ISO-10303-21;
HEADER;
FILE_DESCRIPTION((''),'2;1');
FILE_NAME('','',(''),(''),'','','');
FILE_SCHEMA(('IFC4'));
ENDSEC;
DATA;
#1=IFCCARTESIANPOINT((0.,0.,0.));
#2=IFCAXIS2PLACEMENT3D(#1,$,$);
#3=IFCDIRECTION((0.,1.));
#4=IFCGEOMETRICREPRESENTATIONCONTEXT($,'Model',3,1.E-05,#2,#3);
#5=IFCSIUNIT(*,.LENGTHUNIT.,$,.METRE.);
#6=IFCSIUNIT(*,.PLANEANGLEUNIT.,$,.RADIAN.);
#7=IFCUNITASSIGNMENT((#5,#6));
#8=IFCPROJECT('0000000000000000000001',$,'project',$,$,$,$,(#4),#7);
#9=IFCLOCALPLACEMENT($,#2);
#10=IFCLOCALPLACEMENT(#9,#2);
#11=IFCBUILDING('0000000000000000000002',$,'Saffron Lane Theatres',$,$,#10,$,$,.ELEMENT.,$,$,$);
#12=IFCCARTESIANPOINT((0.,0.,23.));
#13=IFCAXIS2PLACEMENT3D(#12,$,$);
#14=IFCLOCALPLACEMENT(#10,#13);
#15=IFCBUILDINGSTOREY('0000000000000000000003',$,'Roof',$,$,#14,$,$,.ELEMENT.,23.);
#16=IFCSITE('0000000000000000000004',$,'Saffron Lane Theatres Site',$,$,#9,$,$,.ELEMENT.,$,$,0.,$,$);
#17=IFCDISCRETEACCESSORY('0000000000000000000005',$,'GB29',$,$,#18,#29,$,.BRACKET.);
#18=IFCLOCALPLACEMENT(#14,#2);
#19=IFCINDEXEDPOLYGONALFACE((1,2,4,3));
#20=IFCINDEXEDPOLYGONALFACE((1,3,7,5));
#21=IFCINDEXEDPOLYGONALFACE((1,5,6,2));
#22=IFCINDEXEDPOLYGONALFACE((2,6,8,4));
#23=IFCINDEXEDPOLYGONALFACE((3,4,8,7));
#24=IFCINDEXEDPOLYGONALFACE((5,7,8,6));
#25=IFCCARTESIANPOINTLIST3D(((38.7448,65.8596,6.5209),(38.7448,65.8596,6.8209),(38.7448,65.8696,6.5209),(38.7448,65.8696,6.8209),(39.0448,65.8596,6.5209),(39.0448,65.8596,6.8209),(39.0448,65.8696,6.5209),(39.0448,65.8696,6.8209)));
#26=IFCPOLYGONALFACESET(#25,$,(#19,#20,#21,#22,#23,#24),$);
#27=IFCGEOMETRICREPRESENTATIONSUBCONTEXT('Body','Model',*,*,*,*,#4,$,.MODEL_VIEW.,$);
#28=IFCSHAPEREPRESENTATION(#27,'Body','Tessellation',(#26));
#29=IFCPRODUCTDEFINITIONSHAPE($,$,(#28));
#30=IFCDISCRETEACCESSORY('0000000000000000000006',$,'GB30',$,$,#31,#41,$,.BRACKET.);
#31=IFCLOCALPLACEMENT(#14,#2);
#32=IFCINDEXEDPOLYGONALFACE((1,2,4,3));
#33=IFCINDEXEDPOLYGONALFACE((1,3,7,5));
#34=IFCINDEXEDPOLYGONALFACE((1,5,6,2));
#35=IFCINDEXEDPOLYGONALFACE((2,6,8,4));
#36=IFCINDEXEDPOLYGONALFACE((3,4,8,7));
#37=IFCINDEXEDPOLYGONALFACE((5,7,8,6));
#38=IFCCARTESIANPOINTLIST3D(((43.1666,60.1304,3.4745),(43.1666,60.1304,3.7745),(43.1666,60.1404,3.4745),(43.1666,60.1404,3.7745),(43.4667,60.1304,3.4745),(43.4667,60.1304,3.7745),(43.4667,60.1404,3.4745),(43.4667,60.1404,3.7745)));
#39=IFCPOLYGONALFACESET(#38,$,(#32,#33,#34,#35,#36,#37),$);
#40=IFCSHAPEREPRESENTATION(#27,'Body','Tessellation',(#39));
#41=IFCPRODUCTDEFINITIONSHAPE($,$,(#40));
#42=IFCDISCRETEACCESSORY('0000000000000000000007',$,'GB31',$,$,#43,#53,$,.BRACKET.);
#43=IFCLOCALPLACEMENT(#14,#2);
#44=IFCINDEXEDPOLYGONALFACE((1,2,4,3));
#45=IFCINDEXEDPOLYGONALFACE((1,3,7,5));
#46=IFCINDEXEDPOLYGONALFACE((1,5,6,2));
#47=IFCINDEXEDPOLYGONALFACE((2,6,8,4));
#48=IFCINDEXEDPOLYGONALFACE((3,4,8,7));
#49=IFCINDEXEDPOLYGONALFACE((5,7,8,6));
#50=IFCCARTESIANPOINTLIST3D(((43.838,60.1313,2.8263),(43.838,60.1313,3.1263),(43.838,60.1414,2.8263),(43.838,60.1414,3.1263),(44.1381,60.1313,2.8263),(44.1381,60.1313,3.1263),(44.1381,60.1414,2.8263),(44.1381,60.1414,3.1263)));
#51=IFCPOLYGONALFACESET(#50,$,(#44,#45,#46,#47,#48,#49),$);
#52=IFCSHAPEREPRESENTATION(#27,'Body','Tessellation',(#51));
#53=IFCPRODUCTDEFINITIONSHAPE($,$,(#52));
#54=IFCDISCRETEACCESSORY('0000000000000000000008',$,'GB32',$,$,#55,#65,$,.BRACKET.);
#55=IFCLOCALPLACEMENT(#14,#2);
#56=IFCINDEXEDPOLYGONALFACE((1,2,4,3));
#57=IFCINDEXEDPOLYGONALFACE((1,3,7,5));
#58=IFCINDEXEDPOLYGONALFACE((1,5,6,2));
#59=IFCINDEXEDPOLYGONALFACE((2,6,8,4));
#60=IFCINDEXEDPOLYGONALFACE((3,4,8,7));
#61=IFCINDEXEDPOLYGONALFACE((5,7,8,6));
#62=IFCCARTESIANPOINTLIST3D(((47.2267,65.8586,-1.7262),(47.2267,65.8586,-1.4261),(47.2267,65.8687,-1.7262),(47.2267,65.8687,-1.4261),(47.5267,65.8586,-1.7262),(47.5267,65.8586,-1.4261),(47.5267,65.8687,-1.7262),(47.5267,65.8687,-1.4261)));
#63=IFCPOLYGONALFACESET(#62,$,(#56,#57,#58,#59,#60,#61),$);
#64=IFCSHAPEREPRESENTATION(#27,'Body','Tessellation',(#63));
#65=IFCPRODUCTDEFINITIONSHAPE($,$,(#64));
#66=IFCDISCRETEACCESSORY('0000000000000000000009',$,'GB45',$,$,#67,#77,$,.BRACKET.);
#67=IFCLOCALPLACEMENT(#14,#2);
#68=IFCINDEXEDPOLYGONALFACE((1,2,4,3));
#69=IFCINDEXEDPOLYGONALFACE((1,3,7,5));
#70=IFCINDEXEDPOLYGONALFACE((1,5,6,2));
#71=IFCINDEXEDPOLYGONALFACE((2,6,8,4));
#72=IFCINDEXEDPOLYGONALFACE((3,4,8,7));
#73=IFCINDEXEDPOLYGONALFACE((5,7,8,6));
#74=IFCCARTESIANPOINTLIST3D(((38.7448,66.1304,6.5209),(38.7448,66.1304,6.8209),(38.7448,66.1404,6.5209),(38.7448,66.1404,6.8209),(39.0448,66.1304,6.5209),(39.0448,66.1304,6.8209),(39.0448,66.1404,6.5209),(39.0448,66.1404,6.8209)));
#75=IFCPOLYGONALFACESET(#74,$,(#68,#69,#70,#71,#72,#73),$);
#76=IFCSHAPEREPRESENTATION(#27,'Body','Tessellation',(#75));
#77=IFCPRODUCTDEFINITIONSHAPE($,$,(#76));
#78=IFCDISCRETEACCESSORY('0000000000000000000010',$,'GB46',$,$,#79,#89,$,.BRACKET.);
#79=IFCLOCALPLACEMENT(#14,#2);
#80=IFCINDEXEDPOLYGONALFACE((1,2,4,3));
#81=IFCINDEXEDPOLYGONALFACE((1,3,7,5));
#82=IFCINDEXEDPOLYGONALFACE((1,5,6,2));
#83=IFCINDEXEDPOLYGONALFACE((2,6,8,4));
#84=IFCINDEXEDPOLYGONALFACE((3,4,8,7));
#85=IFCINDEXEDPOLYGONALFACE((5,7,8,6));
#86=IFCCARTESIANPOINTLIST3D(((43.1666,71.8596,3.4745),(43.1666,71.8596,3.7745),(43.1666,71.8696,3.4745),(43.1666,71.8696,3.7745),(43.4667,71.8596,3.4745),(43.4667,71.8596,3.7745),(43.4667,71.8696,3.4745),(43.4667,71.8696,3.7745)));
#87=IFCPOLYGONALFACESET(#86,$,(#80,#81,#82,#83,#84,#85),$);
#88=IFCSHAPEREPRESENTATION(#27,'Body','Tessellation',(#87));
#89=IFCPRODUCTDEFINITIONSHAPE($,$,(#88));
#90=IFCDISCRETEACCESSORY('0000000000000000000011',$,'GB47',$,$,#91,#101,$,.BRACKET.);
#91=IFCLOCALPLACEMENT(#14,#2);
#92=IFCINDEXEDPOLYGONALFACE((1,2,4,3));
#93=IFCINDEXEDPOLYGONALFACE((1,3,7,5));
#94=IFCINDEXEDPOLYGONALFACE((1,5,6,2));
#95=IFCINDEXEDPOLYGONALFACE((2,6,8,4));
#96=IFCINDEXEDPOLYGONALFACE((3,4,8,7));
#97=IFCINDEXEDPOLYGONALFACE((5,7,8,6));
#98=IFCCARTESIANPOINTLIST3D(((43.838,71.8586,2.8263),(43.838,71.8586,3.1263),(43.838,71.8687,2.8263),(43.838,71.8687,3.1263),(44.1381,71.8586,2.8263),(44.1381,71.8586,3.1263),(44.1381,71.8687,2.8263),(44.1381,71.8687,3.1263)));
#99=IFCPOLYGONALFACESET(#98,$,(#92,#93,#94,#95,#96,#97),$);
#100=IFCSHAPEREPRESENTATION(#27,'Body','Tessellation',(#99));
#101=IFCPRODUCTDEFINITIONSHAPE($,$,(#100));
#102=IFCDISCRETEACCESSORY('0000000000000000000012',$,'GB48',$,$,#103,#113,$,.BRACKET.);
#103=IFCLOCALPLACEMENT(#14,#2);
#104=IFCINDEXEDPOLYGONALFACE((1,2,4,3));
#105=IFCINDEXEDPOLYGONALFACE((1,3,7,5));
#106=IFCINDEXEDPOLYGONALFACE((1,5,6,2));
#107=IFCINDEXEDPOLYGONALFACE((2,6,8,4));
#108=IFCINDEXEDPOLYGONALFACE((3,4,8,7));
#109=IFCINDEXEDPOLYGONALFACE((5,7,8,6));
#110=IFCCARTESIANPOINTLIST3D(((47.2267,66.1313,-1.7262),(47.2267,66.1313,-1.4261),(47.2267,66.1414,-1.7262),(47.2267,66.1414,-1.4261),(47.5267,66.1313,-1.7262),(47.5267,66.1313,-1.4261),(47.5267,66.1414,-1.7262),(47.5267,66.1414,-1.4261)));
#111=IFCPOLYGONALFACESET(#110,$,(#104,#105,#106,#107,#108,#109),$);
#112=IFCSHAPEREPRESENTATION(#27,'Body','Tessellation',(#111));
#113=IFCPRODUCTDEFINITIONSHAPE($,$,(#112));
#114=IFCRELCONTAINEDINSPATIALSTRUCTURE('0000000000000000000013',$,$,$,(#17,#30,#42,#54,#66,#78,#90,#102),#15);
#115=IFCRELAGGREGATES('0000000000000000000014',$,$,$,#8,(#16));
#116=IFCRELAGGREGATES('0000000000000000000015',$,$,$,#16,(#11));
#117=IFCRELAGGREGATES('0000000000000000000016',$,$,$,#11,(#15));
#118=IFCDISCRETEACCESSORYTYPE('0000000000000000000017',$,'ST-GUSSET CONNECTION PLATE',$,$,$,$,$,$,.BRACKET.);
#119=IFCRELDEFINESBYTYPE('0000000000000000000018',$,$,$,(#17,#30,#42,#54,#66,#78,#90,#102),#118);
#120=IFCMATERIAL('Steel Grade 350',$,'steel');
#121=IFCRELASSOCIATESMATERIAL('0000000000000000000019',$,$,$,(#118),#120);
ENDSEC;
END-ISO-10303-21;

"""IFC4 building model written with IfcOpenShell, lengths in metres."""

from ifc_helpers import new_model, si_unit, direction, frame, origin, origin_2d, place, context, subcontext, project, spatial, rectangle, extrude, material, material_profile, profile_set, type_object, element, save


model = new_model("IFC4")

# Units and contexts
model_context = context("Model", 3, precision=1e-05, world=origin(), true_north=direction((0.0, 1.0)))
body_context = subcontext(model_context, "Body", "Model", "MODEL_VIEW")
ifc_project = project(units=[si_unit("LENGTHUNIT", "METRE"), si_unit("PLANEANGLEUNIT", "RADIAN")], contexts=[model_context])

# Site, building, storey
site_placement = place(None, origin())
site = spatial("IfcSite", under=ifc_project, at=site_placement, Name="Saffron Lane Theatres Site", CompositionType="ELEMENT", RefElevation=0.0)
building_placement = place(site_placement, origin())
building = spatial("IfcBuilding", under=site, at=building_placement, Name="Saffron Lane Theatres", CompositionType="ELEMENT")
storey_placement = place(building_placement, frame((0.0, 0.0, 23.0)))
storey = spatial("IfcBuildingStorey", under=building, at=storey_placement, Name="Roof", CompositionType="ELEMENT", Elevation=23.0)

# Discrete accessories
ifc_material_1 = material(Name="Steel Grade 350", Category="steel")
ifc_material_profile_1 = material_profile(ifc_material_1, rectangle(XDim=0.3, YDim=0.3, at=origin_2d()))
ifc_profile_set_1 = profile_set([ifc_material_profile_1], Name="Steel Grade 350")
discrete_accessory_type = type_object("IfcDiscreteAccessoryType", Name="ST-GUSSET CONNECTION PLATE", PredefinedType="BRACKET", material=ifc_profile_set_1)
for number, where, z_axis, x_axis, name in (
    (1, (38.8948, 65.8696, 6.6709), (0.0, -1.0, 0.0), (1.0, 0.0, 0.0), "GB29"),
    (2, (43.3167, 60.1304, 3.6245), (0.0, 1.0, 0.0), (-1.0, 0.0, 0.0), "GB30"),
    (3, (43.988, 60.1313, 2.9763), (0.0, 1.0, 0.0), (-1.0, 0.0, 0.0), "GB31"),
    (4, (47.3767, 65.8687, -1.5762), (0.0, -1.0, 0.0), (1.0, 0.0, 0.0), "GB32"),
    (5, (38.8948, 66.1304, 6.6709), (0.0, 1.0, 0.0), (-1.0, 0.0, 0.0), "GB45"),
    (6, (43.3167, 71.8696, 3.6245), (0.0, -1.0, 0.0), (1.0, 0.0, 0.0), "GB46"),
    (7, (43.988, 71.8687, 2.9763), (0.0, -1.0, 0.0), (1.0, 0.0, 0.0), "GB47"),
    (8, (47.3767, 66.1313, -1.5762), (0.0, 1.0, 0.0), (-1.0, 0.0, 0.0), "GB48"),
):
    element("IfcDiscreteAccessory", number, at=place(storey_placement, frame(where, z_axis=z_axis, x_axis=x_axis)), inside=storey, type_object=discrete_accessory_type, Name=name, PredefinedType="BRACKET", context=body_context, shape_type="SweptSolid", body=[
        extrude(rectangle(XDim=0.3, YDim=0.3, at=origin_2d()), origin(), (0.0, 0.0, 1.0), 0.01),
    ])

save(model, "model.ifc")
